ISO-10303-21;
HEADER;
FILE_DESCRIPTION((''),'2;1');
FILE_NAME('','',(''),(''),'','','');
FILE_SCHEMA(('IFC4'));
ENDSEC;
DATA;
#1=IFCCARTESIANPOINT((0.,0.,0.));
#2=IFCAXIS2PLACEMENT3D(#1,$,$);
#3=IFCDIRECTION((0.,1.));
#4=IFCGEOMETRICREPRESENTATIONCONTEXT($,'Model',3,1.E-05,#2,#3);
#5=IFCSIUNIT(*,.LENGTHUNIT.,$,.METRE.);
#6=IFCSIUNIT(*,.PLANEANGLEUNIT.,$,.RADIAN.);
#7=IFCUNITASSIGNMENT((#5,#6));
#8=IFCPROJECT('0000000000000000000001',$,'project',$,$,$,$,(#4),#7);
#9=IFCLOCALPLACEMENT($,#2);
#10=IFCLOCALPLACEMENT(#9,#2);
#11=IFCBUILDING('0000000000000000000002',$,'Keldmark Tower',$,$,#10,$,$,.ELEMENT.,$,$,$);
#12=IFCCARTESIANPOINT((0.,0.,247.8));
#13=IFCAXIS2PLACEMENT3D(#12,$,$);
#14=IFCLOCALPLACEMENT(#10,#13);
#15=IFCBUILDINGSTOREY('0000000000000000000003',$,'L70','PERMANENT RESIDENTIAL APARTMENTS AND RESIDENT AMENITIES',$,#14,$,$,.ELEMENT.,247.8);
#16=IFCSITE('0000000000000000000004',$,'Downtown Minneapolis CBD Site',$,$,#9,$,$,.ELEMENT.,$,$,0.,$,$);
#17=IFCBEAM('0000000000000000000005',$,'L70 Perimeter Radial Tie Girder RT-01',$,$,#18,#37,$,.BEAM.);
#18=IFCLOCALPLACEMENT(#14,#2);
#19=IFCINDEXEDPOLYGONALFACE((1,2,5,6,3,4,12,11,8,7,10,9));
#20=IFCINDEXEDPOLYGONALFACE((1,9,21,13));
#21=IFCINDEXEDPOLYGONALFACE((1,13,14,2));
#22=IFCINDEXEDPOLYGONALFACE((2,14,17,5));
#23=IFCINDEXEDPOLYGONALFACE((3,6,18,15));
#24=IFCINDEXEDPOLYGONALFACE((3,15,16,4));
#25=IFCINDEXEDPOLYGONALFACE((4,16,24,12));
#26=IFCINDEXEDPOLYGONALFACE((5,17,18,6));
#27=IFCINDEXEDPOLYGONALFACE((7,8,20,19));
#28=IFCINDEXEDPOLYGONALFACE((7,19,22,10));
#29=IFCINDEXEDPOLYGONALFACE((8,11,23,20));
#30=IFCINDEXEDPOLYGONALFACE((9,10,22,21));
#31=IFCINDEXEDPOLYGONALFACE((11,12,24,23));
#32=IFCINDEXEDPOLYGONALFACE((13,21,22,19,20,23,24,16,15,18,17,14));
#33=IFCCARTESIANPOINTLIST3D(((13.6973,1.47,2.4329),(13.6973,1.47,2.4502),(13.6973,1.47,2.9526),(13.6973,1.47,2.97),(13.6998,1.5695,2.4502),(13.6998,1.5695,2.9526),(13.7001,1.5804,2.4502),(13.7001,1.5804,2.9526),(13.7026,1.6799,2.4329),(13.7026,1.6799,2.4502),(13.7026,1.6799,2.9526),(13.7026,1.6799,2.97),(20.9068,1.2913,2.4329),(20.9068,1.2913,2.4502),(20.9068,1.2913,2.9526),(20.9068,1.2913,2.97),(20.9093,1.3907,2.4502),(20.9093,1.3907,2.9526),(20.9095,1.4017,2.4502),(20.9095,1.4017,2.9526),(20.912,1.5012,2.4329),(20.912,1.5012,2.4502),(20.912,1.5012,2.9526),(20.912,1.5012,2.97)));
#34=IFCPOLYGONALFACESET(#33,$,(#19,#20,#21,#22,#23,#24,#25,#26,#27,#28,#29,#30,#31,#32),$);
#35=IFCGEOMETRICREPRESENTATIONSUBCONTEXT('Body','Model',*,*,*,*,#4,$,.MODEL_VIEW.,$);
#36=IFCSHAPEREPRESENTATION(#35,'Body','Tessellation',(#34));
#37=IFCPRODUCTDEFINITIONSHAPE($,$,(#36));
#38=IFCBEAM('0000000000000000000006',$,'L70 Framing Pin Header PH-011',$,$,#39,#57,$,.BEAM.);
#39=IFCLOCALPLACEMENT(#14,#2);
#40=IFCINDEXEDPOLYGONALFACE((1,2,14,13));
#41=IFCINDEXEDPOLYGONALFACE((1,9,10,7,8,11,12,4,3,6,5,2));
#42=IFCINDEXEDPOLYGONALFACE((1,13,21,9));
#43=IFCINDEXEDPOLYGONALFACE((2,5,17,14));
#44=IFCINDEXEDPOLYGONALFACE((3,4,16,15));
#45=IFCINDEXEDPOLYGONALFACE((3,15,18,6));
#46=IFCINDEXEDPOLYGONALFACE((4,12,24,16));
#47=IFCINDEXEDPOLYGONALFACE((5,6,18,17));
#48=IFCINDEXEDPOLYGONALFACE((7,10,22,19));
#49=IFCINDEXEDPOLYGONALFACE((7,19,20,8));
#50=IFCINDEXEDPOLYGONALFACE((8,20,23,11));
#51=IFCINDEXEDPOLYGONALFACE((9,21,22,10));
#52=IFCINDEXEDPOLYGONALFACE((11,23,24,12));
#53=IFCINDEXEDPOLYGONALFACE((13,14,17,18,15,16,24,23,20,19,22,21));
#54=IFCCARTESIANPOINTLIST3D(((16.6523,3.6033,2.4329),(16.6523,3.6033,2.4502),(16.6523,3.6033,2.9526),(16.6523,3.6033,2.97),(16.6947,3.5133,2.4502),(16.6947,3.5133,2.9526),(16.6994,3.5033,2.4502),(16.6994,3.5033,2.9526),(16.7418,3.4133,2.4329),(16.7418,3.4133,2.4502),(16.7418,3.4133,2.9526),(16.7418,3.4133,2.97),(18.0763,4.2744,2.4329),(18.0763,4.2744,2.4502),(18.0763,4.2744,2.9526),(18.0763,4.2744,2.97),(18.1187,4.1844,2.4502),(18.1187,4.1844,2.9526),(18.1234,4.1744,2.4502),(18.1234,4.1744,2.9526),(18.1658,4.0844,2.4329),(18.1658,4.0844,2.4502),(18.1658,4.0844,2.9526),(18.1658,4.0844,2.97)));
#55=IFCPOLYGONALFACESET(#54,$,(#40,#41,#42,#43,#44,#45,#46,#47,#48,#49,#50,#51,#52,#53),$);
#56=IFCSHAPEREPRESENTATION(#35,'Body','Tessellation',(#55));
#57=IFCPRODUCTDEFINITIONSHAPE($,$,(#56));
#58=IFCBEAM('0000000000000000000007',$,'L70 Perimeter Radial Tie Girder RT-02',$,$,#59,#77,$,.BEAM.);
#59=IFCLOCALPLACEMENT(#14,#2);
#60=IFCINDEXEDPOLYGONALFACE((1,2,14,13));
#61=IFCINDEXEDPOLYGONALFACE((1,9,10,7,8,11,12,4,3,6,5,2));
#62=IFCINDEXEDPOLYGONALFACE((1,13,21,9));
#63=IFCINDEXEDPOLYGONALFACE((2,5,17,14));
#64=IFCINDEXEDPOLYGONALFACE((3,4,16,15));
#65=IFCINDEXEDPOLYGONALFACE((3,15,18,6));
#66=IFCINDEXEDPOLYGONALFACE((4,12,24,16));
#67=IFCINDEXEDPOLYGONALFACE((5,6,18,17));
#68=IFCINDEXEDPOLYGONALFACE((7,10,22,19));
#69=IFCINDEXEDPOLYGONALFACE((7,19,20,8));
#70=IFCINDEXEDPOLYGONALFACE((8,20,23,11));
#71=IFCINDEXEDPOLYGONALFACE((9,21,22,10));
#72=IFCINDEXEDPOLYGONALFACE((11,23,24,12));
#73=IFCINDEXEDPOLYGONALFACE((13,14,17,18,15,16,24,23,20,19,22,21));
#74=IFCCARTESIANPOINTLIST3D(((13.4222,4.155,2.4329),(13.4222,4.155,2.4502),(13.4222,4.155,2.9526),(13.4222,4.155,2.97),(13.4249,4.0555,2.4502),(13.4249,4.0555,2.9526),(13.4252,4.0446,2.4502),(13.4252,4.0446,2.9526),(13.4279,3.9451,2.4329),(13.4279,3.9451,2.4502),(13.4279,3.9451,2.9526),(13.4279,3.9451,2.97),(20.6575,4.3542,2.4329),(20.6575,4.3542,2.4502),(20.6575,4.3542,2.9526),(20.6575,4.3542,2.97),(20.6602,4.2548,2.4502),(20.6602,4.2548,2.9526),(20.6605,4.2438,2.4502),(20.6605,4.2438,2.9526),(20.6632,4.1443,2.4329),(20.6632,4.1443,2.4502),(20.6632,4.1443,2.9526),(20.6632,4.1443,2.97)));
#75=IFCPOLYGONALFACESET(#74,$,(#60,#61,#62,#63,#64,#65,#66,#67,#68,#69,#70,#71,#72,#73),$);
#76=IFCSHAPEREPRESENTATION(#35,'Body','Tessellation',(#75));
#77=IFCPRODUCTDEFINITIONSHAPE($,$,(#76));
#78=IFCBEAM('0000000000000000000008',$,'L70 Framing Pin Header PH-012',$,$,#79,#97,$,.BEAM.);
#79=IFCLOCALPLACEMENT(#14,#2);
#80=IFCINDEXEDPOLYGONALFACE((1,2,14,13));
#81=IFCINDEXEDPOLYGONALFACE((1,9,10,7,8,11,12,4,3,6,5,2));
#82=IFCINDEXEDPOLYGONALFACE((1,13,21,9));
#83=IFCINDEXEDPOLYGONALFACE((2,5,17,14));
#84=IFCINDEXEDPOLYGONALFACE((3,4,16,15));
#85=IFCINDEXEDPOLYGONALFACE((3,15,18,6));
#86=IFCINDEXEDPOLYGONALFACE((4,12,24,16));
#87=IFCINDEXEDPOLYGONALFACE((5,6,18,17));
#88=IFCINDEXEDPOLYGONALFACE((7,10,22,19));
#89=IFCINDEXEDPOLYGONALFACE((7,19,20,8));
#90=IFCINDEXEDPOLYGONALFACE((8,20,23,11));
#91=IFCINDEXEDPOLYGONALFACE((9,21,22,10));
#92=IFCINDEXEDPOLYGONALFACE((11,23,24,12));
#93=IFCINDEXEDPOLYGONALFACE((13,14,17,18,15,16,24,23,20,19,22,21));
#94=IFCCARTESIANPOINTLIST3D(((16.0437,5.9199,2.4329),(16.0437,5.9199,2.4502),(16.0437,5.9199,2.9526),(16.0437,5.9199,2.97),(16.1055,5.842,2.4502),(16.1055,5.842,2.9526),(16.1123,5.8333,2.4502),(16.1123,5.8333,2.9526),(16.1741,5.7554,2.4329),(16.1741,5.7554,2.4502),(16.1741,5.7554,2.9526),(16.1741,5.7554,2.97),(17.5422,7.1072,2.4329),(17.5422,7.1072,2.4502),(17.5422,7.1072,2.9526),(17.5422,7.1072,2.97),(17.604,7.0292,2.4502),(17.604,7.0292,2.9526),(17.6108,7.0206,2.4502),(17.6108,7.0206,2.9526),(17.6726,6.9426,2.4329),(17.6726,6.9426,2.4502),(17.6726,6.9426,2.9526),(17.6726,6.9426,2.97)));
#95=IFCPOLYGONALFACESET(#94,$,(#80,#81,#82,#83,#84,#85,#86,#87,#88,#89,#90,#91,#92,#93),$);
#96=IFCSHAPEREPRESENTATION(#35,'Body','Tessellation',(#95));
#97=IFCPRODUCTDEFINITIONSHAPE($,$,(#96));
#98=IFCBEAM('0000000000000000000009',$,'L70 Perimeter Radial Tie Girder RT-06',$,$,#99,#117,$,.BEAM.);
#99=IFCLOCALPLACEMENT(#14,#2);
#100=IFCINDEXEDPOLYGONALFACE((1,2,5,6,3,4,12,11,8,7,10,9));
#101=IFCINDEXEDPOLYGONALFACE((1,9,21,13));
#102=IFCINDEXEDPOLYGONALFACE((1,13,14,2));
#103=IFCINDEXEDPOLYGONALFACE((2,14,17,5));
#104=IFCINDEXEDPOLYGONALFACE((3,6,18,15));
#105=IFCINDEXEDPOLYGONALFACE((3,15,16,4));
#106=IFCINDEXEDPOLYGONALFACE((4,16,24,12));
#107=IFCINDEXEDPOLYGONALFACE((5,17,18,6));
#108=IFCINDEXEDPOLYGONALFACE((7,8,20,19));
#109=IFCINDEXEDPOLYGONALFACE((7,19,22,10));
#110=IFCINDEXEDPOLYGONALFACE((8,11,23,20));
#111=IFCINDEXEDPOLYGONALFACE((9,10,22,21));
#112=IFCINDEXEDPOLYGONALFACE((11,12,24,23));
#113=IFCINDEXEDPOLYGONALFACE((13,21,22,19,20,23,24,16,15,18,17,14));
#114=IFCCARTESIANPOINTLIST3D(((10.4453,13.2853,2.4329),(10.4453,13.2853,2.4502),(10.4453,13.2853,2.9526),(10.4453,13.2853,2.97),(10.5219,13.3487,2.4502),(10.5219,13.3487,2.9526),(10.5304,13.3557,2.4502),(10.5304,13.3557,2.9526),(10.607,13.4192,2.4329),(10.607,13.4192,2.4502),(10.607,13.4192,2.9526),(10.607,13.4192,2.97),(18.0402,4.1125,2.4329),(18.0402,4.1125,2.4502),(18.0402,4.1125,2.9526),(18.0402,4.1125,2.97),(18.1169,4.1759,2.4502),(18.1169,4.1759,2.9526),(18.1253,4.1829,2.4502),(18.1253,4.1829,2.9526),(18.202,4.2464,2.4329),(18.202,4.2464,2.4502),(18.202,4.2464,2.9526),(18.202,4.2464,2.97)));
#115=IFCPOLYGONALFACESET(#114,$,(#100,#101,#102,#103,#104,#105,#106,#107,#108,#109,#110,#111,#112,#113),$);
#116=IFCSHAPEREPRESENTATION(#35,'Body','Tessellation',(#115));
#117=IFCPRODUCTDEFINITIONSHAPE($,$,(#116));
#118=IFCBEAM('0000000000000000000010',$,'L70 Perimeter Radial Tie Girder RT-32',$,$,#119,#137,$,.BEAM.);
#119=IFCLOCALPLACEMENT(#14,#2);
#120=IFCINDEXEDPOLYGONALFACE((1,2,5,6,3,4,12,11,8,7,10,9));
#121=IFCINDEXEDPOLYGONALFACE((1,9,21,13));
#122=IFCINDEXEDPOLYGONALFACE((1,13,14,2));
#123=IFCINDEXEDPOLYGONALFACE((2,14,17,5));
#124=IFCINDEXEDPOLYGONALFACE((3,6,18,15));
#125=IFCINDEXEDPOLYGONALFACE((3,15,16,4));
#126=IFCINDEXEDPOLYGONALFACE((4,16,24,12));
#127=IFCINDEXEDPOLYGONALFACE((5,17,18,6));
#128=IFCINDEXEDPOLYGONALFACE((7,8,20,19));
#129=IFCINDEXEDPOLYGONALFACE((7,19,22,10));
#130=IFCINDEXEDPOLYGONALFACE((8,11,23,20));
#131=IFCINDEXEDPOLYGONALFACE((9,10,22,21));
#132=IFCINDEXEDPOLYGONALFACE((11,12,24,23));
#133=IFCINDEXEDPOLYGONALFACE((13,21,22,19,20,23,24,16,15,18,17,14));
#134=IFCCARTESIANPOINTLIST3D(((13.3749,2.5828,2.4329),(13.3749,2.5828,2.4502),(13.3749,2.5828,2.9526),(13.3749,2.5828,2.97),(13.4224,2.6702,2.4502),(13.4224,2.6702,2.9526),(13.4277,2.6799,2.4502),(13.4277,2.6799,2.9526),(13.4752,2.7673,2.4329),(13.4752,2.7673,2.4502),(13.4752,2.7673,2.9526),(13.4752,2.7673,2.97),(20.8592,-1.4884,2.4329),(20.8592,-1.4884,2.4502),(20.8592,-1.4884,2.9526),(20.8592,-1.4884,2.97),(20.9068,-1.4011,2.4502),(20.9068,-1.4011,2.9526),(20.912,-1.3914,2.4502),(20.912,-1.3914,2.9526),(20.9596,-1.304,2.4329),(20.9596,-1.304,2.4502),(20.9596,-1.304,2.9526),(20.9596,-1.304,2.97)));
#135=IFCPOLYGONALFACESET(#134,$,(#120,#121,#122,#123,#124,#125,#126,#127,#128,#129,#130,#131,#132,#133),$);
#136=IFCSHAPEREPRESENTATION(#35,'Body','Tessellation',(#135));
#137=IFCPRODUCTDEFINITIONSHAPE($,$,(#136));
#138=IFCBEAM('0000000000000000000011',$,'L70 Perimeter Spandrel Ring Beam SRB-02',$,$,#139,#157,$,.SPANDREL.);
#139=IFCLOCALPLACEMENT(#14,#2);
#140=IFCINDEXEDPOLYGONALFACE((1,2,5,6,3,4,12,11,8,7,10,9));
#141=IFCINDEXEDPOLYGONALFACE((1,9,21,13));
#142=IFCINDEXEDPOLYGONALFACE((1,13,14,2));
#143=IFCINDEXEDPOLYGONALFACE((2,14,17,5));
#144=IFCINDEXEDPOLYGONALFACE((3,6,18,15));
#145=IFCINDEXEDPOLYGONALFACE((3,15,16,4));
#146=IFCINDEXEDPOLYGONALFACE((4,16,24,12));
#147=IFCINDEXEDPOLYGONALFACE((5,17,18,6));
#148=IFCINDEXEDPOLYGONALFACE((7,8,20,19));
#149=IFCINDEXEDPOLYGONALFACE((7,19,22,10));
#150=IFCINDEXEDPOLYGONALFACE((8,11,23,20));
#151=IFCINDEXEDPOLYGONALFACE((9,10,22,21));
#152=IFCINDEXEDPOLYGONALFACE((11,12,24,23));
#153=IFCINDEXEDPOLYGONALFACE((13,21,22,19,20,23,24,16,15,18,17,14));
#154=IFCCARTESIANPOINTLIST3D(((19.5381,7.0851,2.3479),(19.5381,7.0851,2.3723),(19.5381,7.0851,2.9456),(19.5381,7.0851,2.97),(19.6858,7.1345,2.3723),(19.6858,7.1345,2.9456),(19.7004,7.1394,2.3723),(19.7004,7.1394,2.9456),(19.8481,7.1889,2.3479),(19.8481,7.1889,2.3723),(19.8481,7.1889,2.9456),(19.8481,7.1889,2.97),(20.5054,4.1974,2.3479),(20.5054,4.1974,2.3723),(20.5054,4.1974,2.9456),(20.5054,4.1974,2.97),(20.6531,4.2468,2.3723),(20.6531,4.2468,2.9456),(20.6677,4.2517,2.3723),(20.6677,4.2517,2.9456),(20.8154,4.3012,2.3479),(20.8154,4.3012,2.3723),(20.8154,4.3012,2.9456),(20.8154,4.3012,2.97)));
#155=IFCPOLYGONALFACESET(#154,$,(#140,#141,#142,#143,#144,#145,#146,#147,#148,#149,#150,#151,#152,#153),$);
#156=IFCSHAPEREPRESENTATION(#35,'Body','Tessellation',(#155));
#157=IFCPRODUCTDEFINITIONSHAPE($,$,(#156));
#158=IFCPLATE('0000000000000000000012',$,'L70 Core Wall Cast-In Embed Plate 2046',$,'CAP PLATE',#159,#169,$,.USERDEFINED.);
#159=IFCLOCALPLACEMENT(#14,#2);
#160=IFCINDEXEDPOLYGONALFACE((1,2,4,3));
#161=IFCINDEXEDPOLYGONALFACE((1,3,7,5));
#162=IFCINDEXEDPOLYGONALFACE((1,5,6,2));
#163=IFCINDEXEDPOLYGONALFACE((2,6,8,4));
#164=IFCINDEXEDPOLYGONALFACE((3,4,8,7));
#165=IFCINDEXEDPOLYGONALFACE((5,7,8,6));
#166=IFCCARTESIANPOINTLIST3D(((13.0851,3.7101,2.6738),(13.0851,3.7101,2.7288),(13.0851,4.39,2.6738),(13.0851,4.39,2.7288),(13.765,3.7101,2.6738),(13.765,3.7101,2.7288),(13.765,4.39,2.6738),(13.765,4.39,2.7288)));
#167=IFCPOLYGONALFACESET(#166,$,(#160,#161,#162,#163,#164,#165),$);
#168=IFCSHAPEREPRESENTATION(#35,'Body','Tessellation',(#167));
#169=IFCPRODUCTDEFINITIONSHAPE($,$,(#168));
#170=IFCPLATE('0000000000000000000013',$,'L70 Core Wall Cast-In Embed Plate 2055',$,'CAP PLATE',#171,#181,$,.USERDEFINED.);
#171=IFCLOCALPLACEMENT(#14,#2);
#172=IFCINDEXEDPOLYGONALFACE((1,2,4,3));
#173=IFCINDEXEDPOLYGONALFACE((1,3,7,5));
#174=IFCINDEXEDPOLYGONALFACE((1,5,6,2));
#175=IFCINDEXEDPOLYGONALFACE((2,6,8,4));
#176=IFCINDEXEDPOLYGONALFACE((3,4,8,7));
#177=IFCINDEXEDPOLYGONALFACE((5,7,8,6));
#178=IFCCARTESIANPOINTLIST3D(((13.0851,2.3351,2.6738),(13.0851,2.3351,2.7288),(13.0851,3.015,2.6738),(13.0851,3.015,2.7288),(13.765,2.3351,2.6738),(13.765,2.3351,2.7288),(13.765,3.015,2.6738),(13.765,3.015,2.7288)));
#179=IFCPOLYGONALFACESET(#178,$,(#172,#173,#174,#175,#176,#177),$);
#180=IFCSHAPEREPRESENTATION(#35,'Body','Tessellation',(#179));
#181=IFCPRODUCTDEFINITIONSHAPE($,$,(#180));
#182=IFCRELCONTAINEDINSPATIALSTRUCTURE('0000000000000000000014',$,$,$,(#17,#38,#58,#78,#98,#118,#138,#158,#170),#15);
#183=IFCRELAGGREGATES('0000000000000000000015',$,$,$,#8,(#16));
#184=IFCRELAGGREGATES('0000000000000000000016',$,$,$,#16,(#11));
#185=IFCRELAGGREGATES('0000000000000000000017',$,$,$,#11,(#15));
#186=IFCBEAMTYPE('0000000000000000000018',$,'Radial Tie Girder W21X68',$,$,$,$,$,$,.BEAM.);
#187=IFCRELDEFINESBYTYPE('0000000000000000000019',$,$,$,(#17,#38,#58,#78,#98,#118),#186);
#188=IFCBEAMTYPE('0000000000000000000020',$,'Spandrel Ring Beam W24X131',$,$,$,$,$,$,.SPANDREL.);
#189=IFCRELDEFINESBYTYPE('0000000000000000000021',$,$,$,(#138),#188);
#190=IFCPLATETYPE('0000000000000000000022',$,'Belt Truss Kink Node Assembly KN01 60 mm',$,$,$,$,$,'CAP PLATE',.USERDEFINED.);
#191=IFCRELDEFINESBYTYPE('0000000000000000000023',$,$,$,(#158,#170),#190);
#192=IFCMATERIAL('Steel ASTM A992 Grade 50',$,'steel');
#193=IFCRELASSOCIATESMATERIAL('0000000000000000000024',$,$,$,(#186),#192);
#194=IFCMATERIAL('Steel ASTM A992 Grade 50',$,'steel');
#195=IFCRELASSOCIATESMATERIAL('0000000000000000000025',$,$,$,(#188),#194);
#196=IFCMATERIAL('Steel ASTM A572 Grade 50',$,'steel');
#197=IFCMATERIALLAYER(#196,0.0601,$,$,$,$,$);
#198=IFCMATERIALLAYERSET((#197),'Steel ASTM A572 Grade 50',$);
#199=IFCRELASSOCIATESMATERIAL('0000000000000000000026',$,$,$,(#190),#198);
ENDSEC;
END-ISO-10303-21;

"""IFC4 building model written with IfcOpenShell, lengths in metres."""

from ifc_helpers import new_model, si_unit, direction, frame, origin, origin_2d, place, context, subcontext, project, spatial, rectangle, i_section, extrude, material, layer, layer_set, material_profile, profile_set, type_object, element, save


model = new_model("IFC4")

# Units and contexts
model_context = context("Model", 3, precision=1e-05, world=origin(), true_north=direction((0.0, 1.0)))
body_context = subcontext(model_context, "Body", "Model", "MODEL_VIEW")
ifc_project = project(units=[si_unit("LENGTHUNIT", "METRE"), si_unit("PLANEANGLEUNIT", "RADIAN")], contexts=[model_context])

# Site, building, storey
site_placement = place(None, origin())
site = spatial("IfcSite", under=ifc_project, at=site_placement, Name="Downtown Minneapolis CBD Site", CompositionType="ELEMENT", RefElevation=0.0)
building_placement = place(site_placement, origin())
building = spatial("IfcBuilding", under=site, at=building_placement, Name="Keldmark Tower", CompositionType="ELEMENT")
storey_placement = place(building_placement, frame((0.0, 0.0, 247.8)))
storey = spatial("IfcBuildingStorey", under=building, at=storey_placement, Name="L70", Description="PERMANENT RESIDENTIAL APARTMENTS AND RESIDENT AMENITIES", CompositionType="ELEMENT", Elevation=247.8)

# Beams
ifc_material_1 = material(Name="Steel ASTM A992 Grade 50", Category="steel")
ifc_material_profile_1 = material_profile(ifc_material_1, i_section(OverallWidth=0.21, OverallDepth=0.5371, WebThickness=0.011, FlangeThickness=0.0173, at=origin_2d()), Name="W21X68")
ifc_profile_set_1 = profile_set([ifc_material_profile_1], Name="Steel ASTM A992 Grade 50")
beam_type_1 = type_object("IfcBeamType", Name="Radial Tie Girder W21X68", PredefinedType="BEAM", material=ifc_profile_set_1)
beam_1_placement = place(storey_placement, frame((13.7, 1.575, 2.7014), z_axis=(0.999693, -0.024781, 0.0), x_axis=(0.024781, 0.999693, 0.0)))
element("IfcBeam", 1, at=beam_1_placement, inside=storey, type_object=beam_type_1, Name="L70 Perimeter Radial Tie Girder RT-01", PredefinedType="BEAM", context=body_context, shape_type="SweptSolid", body=[
    extrude(i_section(OverallWidth=0.21, OverallDepth=0.5371, WebThickness=0.011, FlangeThickness=0.0173, at=origin_2d()), origin(), (0.0, 0.0, 1.0), 7.2117),
])
beam_2_placement = place(storey_placement, frame((16.697, 3.5083, 2.7014), z_axis=(0.904576, 0.426312, 0.0), x_axis=(-0.426312, 0.904576, 0.0)))
element("IfcBeam", 2, at=beam_2_placement, inside=storey, type_object=beam_type_1, Name="L70 Framing Pin Header PH-011", PredefinedType="BEAM", context=body_context, shape_type="SweptSolid", body=[
    extrude(i_section(OverallWidth=0.21, OverallDepth=0.5371, WebThickness=0.011, FlangeThickness=0.0173, at=origin_2d()), origin(), (0.0, 0.0, 1.0), 1.5742),
])
beam_3_placement = place(storey_placement, frame((13.425, 4.05, 2.7014), z_axis=(0.999621, 0.027524, 0.0), x_axis=(-0.027524, 0.999621, 0.0)))
element("IfcBeam", 3, at=beam_3_placement, inside=storey, type_object=beam_type_1, Name="L70 Perimeter Radial Tie Girder RT-02", PredefinedType="BEAM", context=body_context, shape_type="SweptSolid", body=[
    extrude(i_section(OverallWidth=0.21, OverallDepth=0.5371, WebThickness=0.011, FlangeThickness=0.0173, at=origin_2d()), origin(), (0.0, 0.0, 1.0), 7.238),
])
beam_4_placement = place(storey_placement, frame((16.1089, 5.8376, 2.7014), z_axis=(0.783813, 0.620997, 0.0), x_axis=(-0.620997, 0.783813, 0.0)))
element("IfcBeam", 4, at=beam_4_placement, inside=storey, type_object=beam_type_1, Name="L70 Framing Pin Header PH-012", PredefinedType="BEAM", context=body_context, shape_type="SweptSolid", body=[
    extrude(i_section(OverallWidth=0.21, OverallDepth=0.5371, WebThickness=0.011, FlangeThickness=0.0173, at=origin_2d()), origin(), (0.0, 0.0, 1.0), 1.9119),
])
beam_5_placement = place(storey_placement, frame((18.1211, 4.1794, 2.7014), z_axis=(-0.637749, 0.770244, 0.0), x_axis=(-0.770244, -0.637749, 0.0)))
element("IfcBeam", 5, at=beam_5_placement, inside=storey, type_object=beam_type_1, Name="L70 Perimeter Radial Tie Girder RT-06", PredefinedType="BEAM", context=body_context, shape_type="SweptSolid", body=[
    extrude(i_section(OverallWidth=0.21, OverallDepth=0.5371, WebThickness=0.011, FlangeThickness=0.0173, at=origin_2d()), origin(), (0.0, 0.0, 1.0), 11.9089),
])
beam_6_placement = place(storey_placement, frame((13.425, 2.675, 2.7014), z_axis=(0.878443, -0.477848, 0.0), x_axis=(0.477848, 0.878443, 0.0)))
element("IfcBeam", 6, at=beam_6_placement, inside=storey, type_object=beam_type_1, Name="L70 Perimeter Radial Tie Girder RT-32", PredefinedType="BEAM", context=body_context, shape_type="SweptSolid", body=[
    extrude(i_section(OverallWidth=0.21, OverallDepth=0.5371, WebThickness=0.011, FlangeThickness=0.0173, at=origin_2d()), origin(), (0.0, 0.0, 1.0), 8.52),
])
ifc_material_2 = material(Name="Steel ASTM A992 Grade 50", Category="steel")
ifc_material_profile_2 = material_profile(ifc_material_2, i_section(OverallWidth=0.3269, OverallDepth=0.6221, WebThickness=0.0154, FlangeThickness=0.0244, at=origin_2d()), Name="W24X131")
ifc_profile_set_2 = profile_set([ifc_material_profile_2], Name="Steel ASTM A992 Grade 50")
beam_type_2 = type_object("IfcBeamType", Name="Spandrel Ring Beam W24X131", PredefinedType="SPANDREL", material=ifc_profile_set_2)
beam_7_placement = place(storey_placement, frame((20.6604, 4.2493, 2.6589), z_axis=(-0.317622, 0.948217, 0.0), x_axis=(-0.948217, -0.317622, 0.0)))
element("IfcBeam", 7, at=beam_7_placement, inside=storey, type_object=beam_type_2, Name="L70 Perimeter Spandrel Ring Beam SRB-02", PredefinedType="SPANDREL", context=body_context, shape_type="SweptSolid", body=[
    extrude(i_section(OverallWidth=0.3269, OverallDepth=0.6221, WebThickness=0.0154, FlangeThickness=0.0244, at=origin_2d()), origin(), (0.0, 0.0, 1.0), 3.0454),
])

# Plates
ifc_material_3 = material(Name="Steel ASTM A572 Grade 50", Category="steel")
ifc_layer_1 = layer(ifc_material_3, 0.0601)
ifc_layer_set_1 = layer_set([ifc_layer_1], Name="Steel ASTM A572 Grade 50")
plate_type_1 = type_object("IfcPlateType", Name="Belt Truss Kink Node Assembly KN01 60 mm", ElementType="CAP PLATE", PredefinedType="USERDEFINED", material=ifc_layer_set_1)
for number, where, z_axis, x_axis, name in (
    (8, (13.425, 4.05, 2.6738), (0.0, 0.0, 1.0), (1.0, 0.0, 0.0), "L70 Core Wall Cast-In Embed Plate 2046"),
    (9, (13.425, 2.675, 2.6738), (0.0, 0.0, 1.0), (1.0, 0.0, 0.0), "L70 Core Wall Cast-In Embed Plate 2055"),
):
    element("IfcPlate", number, at=place(storey_placement, frame(where, z_axis=z_axis, x_axis=x_axis)), inside=storey, type_object=plate_type_1, Name=name, ObjectType="CAP PLATE", PredefinedType="USERDEFINED", context=body_context, shape_type="SweptSolid", body=[
        extrude(rectangle(XDim=0.6799, YDim=0.6799, at=origin_2d()), origin(), (0.0, 0.0, 1.0), 0.0549),
    ])

save(model, "model.ifc")
